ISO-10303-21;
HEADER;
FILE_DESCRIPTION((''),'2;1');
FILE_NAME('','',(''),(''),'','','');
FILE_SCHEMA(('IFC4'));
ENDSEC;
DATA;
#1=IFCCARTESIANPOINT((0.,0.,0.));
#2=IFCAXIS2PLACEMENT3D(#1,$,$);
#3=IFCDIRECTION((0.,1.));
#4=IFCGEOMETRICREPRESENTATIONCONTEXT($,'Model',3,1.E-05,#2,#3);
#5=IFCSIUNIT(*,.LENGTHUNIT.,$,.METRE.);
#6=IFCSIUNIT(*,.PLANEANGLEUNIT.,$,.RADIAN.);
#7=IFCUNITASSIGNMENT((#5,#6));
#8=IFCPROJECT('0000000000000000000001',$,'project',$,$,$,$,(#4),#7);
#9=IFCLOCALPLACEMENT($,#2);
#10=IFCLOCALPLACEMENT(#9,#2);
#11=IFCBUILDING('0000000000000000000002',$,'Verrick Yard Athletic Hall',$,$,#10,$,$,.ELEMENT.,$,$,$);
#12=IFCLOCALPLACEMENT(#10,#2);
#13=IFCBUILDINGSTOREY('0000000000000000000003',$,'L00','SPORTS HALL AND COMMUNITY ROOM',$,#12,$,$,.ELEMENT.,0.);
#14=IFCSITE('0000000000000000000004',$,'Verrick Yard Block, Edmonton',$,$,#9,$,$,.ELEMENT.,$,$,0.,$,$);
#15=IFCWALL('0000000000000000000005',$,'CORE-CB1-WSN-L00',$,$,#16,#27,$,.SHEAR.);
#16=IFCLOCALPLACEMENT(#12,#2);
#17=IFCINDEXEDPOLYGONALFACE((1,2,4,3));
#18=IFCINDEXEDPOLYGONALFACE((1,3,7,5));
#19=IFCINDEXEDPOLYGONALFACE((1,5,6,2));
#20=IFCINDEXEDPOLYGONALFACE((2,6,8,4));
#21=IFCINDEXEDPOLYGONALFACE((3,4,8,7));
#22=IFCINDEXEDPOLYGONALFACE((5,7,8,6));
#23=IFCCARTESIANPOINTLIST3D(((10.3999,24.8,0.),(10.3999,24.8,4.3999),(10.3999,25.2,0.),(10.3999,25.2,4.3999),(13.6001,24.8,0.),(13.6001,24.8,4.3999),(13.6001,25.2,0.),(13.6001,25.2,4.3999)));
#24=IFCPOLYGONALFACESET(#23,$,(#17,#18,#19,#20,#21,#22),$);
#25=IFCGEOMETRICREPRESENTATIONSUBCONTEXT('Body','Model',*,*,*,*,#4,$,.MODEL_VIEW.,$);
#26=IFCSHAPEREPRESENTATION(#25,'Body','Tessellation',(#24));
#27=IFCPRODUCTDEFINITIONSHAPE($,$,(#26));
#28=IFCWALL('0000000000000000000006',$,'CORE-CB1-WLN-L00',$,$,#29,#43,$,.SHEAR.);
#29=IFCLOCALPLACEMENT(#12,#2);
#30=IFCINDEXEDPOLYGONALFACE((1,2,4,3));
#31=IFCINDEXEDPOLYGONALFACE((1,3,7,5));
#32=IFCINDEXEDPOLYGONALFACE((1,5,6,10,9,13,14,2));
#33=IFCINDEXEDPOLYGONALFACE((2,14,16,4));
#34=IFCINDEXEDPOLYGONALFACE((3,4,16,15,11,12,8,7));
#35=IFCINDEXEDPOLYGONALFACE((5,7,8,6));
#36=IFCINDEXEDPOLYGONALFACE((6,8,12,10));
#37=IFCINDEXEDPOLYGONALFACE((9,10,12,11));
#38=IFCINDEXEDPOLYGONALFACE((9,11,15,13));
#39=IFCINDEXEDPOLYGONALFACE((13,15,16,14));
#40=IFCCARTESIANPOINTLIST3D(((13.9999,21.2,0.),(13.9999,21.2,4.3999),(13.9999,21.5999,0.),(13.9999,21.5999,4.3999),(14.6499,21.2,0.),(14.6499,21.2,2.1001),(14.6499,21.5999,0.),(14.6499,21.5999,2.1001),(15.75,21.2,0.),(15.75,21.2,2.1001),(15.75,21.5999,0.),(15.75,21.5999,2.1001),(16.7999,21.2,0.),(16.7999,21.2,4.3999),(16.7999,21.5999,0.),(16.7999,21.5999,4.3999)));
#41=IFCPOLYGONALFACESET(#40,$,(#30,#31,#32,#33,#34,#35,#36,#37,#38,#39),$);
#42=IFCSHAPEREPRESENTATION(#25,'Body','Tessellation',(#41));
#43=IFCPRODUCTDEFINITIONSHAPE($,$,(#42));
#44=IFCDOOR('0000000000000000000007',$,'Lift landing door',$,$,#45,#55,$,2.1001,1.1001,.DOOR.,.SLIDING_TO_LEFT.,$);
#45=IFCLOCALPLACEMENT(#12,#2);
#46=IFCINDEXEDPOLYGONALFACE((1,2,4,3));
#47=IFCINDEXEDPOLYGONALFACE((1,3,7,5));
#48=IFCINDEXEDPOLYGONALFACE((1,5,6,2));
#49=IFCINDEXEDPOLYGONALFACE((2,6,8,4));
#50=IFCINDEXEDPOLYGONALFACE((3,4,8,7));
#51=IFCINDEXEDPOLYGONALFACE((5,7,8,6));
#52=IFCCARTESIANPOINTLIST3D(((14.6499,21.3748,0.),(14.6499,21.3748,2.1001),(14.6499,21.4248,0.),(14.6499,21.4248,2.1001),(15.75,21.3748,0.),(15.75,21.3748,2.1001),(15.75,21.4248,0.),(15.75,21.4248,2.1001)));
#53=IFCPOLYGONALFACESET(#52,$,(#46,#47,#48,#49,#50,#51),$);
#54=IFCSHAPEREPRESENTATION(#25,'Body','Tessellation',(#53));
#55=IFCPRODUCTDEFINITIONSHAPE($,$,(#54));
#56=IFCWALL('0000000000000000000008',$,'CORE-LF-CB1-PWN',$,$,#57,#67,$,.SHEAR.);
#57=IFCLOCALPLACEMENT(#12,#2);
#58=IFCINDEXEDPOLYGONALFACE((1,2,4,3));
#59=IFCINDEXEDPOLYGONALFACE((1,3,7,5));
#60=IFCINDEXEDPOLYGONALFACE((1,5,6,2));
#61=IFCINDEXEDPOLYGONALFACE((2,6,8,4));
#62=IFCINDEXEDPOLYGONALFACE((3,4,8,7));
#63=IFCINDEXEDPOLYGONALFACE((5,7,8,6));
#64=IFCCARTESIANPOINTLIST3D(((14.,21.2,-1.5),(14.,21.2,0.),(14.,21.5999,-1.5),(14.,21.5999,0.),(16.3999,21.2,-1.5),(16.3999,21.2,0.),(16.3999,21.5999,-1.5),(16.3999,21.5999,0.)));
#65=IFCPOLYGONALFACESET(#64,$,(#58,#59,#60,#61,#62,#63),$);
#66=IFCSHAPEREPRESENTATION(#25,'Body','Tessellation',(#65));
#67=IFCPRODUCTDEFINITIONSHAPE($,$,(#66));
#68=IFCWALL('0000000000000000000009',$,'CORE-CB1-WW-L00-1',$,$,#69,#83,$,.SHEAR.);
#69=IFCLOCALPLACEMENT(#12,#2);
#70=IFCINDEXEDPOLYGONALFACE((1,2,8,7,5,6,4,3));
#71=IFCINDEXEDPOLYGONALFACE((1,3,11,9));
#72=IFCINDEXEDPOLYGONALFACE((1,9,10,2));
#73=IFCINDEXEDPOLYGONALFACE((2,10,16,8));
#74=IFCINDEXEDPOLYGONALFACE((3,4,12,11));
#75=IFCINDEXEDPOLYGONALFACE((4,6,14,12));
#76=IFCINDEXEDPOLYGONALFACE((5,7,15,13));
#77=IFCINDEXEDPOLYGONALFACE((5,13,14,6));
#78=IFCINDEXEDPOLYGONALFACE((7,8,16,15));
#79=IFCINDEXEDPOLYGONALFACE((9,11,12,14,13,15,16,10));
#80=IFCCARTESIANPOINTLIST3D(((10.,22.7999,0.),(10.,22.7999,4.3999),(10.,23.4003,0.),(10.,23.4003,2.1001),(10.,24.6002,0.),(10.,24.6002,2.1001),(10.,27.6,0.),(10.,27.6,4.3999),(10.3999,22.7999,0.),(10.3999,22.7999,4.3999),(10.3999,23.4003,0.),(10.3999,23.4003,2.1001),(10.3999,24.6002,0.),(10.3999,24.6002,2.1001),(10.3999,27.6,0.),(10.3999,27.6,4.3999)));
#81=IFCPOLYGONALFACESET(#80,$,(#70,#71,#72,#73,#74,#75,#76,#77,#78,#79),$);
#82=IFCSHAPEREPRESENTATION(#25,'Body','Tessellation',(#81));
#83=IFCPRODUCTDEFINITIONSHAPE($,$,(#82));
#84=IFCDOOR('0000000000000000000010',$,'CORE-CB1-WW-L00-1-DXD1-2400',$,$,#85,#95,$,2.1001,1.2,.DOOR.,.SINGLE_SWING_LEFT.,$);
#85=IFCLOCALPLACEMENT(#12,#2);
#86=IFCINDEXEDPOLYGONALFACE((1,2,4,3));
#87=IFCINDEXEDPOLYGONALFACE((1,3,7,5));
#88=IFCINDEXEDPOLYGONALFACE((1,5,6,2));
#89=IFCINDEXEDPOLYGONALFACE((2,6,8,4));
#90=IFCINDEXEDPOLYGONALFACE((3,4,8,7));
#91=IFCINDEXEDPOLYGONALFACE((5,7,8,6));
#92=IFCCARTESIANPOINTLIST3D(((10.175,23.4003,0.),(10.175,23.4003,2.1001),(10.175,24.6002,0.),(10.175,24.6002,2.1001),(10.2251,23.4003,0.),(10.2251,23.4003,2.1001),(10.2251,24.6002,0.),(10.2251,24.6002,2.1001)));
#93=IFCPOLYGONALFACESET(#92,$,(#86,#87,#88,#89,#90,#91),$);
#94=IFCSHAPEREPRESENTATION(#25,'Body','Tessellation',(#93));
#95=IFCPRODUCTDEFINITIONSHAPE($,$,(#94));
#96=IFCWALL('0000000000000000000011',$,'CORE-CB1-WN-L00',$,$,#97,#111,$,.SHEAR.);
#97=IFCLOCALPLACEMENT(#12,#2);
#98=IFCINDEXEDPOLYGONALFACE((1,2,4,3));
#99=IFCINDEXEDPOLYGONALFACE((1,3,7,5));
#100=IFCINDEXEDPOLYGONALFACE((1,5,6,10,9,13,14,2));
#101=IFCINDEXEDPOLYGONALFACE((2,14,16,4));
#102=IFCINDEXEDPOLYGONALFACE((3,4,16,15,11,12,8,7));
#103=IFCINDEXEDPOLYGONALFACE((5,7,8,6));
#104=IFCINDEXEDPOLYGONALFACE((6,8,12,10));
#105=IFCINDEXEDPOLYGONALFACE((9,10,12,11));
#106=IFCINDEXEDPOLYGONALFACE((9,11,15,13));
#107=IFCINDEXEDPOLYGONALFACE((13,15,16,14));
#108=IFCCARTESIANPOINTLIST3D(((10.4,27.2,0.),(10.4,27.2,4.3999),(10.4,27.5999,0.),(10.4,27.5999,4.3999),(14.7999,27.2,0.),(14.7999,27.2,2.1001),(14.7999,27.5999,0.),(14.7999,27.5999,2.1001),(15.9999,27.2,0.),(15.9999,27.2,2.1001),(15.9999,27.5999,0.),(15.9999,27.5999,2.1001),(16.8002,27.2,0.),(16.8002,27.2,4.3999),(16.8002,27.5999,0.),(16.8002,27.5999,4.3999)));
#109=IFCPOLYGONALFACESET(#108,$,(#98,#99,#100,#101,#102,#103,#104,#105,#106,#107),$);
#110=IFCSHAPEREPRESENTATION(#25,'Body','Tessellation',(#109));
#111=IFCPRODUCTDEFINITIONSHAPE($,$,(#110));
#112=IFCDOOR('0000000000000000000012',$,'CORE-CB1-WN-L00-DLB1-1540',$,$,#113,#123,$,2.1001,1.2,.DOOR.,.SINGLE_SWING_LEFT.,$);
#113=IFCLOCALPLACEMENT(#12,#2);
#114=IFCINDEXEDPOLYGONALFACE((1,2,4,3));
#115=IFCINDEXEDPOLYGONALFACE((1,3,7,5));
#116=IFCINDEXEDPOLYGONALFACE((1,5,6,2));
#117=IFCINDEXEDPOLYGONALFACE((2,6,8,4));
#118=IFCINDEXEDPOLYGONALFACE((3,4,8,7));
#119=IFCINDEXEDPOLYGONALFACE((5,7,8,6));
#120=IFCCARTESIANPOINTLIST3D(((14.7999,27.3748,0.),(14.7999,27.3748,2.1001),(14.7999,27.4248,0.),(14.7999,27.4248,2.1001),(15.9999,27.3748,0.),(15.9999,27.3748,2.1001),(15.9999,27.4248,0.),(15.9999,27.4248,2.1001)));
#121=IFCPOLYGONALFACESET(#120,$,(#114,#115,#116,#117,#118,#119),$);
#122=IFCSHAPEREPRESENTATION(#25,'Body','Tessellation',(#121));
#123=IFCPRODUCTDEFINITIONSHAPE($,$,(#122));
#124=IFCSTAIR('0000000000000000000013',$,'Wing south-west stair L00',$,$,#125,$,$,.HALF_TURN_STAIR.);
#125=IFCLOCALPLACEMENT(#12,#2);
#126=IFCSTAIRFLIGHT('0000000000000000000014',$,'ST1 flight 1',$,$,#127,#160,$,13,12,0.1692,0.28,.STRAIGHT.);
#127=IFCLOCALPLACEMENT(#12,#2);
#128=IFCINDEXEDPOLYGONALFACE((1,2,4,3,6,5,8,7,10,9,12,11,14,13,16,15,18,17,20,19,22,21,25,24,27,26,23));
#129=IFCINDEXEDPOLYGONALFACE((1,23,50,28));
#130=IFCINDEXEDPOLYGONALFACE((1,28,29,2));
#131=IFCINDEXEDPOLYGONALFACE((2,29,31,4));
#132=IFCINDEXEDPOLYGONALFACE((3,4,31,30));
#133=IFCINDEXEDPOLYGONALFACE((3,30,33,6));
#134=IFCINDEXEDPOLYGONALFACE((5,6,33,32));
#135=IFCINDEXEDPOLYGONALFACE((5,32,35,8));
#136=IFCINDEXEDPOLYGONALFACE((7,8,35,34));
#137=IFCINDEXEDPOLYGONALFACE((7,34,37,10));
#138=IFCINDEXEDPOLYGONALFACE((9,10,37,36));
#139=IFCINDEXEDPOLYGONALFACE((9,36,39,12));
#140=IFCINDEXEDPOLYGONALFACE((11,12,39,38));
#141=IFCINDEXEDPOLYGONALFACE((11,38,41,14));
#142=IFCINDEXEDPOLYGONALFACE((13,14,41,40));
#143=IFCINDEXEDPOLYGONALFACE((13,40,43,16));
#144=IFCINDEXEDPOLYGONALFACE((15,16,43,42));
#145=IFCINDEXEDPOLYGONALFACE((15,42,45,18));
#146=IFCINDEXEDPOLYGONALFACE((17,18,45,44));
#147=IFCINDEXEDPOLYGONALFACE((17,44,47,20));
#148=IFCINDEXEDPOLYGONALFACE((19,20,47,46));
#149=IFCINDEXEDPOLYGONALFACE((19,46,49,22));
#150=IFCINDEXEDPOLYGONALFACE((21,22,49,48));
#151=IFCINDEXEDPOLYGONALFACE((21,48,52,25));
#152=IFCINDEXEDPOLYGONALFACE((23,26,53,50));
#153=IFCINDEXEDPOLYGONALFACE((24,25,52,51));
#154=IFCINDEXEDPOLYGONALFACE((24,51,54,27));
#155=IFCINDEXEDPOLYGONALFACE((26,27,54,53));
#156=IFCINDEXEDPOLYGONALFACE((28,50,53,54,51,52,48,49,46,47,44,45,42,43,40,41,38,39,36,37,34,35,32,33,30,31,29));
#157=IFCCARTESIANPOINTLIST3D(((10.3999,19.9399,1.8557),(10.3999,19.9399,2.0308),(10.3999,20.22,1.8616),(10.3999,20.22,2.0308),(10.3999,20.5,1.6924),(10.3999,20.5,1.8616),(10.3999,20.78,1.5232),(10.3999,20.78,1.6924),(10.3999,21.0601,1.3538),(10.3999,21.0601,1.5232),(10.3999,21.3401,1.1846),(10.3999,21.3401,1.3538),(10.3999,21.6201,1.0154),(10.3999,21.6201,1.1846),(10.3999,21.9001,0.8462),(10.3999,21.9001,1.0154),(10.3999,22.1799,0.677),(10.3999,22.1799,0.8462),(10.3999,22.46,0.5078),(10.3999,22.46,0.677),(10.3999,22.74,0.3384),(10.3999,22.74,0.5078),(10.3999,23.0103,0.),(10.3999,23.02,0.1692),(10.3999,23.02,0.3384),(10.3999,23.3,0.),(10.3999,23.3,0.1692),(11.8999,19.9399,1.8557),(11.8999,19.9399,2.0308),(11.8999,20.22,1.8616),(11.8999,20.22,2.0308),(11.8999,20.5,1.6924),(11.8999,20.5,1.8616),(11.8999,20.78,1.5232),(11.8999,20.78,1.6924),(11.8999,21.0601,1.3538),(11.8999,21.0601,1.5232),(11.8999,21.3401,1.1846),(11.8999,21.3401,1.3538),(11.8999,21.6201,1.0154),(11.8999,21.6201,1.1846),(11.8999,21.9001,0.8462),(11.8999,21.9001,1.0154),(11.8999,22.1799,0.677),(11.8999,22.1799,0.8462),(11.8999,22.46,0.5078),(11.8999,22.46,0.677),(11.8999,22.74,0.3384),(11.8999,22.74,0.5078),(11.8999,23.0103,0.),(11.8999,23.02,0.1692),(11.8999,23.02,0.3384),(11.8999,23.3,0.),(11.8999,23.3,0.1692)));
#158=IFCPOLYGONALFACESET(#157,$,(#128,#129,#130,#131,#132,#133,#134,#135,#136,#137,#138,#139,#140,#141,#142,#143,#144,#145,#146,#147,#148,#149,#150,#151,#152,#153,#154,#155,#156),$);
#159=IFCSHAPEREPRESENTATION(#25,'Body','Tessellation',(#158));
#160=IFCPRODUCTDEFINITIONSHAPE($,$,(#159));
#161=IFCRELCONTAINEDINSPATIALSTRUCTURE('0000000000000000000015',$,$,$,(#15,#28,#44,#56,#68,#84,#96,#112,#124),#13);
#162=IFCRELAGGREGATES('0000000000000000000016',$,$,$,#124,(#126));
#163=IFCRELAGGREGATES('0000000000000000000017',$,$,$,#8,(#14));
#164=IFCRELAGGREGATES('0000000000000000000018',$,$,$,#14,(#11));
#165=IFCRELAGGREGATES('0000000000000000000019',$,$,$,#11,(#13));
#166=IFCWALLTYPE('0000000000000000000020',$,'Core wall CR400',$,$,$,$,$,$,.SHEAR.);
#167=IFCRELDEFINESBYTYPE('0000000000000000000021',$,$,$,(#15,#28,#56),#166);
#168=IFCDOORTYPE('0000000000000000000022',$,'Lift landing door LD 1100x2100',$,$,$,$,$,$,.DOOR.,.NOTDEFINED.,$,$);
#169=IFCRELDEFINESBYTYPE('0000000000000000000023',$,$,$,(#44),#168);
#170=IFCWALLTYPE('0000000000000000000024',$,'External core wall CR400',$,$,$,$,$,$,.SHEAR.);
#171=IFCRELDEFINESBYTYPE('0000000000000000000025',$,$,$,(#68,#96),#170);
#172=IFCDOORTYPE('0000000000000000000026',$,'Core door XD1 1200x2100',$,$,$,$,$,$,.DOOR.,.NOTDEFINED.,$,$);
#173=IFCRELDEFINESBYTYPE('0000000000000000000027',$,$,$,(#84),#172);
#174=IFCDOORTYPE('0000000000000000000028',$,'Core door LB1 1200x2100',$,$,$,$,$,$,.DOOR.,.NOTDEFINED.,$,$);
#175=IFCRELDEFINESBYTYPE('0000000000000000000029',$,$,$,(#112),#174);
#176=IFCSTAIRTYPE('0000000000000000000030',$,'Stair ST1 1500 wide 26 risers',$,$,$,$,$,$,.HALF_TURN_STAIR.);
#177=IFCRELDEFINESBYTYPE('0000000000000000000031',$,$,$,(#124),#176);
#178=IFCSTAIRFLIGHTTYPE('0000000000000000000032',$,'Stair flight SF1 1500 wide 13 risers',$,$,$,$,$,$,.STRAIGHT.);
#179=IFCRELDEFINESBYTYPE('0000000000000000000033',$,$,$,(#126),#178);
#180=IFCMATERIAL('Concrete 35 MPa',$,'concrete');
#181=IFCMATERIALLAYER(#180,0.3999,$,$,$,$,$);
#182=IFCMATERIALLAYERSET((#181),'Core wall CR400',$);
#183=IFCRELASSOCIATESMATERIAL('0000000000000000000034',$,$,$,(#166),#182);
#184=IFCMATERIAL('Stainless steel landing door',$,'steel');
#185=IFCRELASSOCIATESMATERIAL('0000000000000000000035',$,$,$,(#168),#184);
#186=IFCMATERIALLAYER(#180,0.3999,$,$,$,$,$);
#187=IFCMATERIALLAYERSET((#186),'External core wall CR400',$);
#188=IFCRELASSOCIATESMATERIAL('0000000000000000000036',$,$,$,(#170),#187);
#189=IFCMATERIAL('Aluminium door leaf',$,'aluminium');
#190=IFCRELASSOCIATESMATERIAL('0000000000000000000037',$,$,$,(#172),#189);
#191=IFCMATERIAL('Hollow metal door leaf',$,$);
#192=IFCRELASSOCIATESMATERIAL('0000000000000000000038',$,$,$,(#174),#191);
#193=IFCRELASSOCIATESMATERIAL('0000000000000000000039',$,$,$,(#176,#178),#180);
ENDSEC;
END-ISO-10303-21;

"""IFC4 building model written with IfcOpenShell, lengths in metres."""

from ifc_helpers import new_model, si_unit, direction, frame, frame_2d, origin, place, context, subcontext, project, spatial, polyline, rectangle, outline, extrude, material, layer, layer_set, type_object, element, fill, aggregate, save


model = new_model("IFC4")

# Units and contexts
model_context = context("Model", 3, precision=1e-05, world=origin(), true_north=direction((0.0, 1.0)))
body_context = subcontext(model_context, "Body", "Model", "MODEL_VIEW")
ifc_project = project(units=[si_unit("LENGTHUNIT", "METRE"), si_unit("PLANEANGLEUNIT", "RADIAN")], contexts=[model_context])

# Site, building, storey
site_placement = place(None, origin())
site = spatial("IfcSite", under=ifc_project, at=site_placement, Name="Verrick Yard Block, Edmonton", CompositionType="ELEMENT", RefElevation=0.0)
building_placement = place(site_placement, origin())
building = spatial("IfcBuilding", under=site, at=building_placement, Name="Verrick Yard Athletic Hall", CompositionType="ELEMENT")
storey_placement = place(building_placement, origin())
storey = spatial("IfcBuildingStorey", under=building, at=storey_placement, Name="L00", Description="SPORTS HALL AND COMMUNITY ROOM", CompositionType="ELEMENT", Elevation=0.0)

# Shared definitions
ifc_material_1 = material(Name="Concrete 35 MPa", Category="concrete")

# Wall
ifc_layer_1 = layer(ifc_material_1, 0.3999)
ifc_layer_set_1 = layer_set([ifc_layer_1], Name="Core wall CR400")
wall_type_1 = type_object("IfcWallType", Name="Core wall CR400", PredefinedType="SHEAR", material=ifc_layer_set_1)
wall_1_placement = place(storey_placement, frame((10.3999, 25.0, 0.0), z_axis=(0.0, 0.0, 1.0), x_axis=(1.0, 0.0, 0.0)))
element("IfcWall", 1, at=wall_1_placement, inside=storey, type_object=wall_type_1, Name="CORE-CB1-WSN-L00", PredefinedType="SHEAR", context=body_context, shape_type="SweptSolid", body=[
    extrude(rectangle(XDim=3.2002, YDim=0.3999, at=frame_2d((1.6001, 0.0))), origin(), (0.0, 0.0, 1.0), 4.3999),
])

# Wall, opening, door
wall_2_placement = place(storey_placement, frame((14.0, 21.3999, 0.0), z_axis=(0.0, 0.0, 1.0), x_axis=(1.0, 0.0, 0.0)))
wall_2 = element("IfcWall", 2, at=wall_2_placement, inside=storey, type_object=wall_type_1, Name="CORE-CB1-WLN-L00", PredefinedType="SHEAR", context=body_context, shape_type="SweptSolid", body=[
    extrude(rectangle(XDim=2.8, YDim=0.3999, at=frame_2d((1.3999, 0.0))), origin(), (0.0, 0.0, 1.0), 4.3999),
])
opening_1_placement = place(wall_2_placement, frame((0.6499, 0.0, 0.0)))
opening_1 = element("IfcOpeningElement", 3, at=opening_1_placement, cuts=wall_2, PredefinedType="OPENING", context=body_context, shape_type="SweptSolid", body=[
    extrude(rectangle(XDim=1.1001, YDim=2.1001, at=frame_2d((0.55, 1.05))), frame((0.0, 0.21, 0.0), z_axis=(0.0, -1.0, 0.0), x_axis=(1.0, 0.0, 0.0)), (0.0, 0.0, 1.0), 0.4199),
])
ifc_material_2 = material(Name="Stainless steel landing door", Category="steel")
door_type_1 = type_object("IfcDoorType", Name="Lift landing door LD 1100x2100", OperationType="NOTDEFINED", PredefinedType="DOOR", material=ifc_material_2)
door_1_placement = place(opening_1_placement, origin())
door_1 = element("IfcDoor", 4, at=door_1_placement, inside=storey, type_object=door_type_1, Name="Lift landing door", OperationType="SLIDING_TO_LEFT", OverallHeight=2.1001, OverallWidth=1.1001, PredefinedType="DOOR", context=body_context, shape_type="SweptSolid", body=[
    extrude(rectangle(XDim=1.1001, YDim=2.1001, at=frame_2d((0.55, 1.05))), frame((0.0, 0.0249, 0.0), z_axis=(0.0, -1.0, 0.0), x_axis=(1.0, 0.0, 0.0)), (0.0, 0.0, 1.0), 0.05),
])
fill(opening_1, door_1)

# Wall
wall_3_placement = place(storey_placement, frame((14.0, 21.3999, -1.5), z_axis=(0.0, 0.0, 1.0), x_axis=(1.0, 0.0, 0.0)))
element("IfcWall", 5, at=wall_3_placement, inside=storey, type_object=wall_type_1, Name="CORE-LF-CB1-PWN", PredefinedType="SHEAR", context=body_context, shape_type="SweptSolid", body=[
    extrude(rectangle(XDim=2.3999, YDim=0.3999, at=frame_2d((1.2, 0.0))), origin(), (0.0, 0.0, 1.0), 1.5),
])

# Walls, openings, doors
ifc_layer_2 = layer(ifc_material_1, 0.3999)
ifc_layer_set_2 = layer_set([ifc_layer_2], Name="External core wall CR400")
wall_type_2 = type_object("IfcWallType", Name="External core wall CR400", PredefinedType="SHEAR", material=ifc_layer_set_2)
wall_4_placement = place(storey_placement, frame((10.2, 22.8, 0.0), z_axis=(0.0, 0.0, 1.0), x_axis=(0.0, 1.0, 0.0)))
wall_4 = element("IfcWall", 6, at=wall_4_placement, inside=storey, type_object=wall_type_2, Name="CORE-CB1-WW-L00-1", PredefinedType="SHEAR", context=body_context, shape_type="SweptSolid", body=[
    extrude(rectangle(XDim=4.8, YDim=0.3999, at=frame_2d((2.3999, 0.0))), origin(), (0.0, 0.0, 1.0), 4.3999),
])
opening_2_placement = place(wall_4_placement, frame((0.6001, 0.0, 0.0)))
opening_2 = element("IfcOpeningElement", 7, at=opening_2_placement, cuts=wall_4, PredefinedType="OPENING", context=body_context, shape_type="SweptSolid", body=[
    extrude(rectangle(XDim=1.2, YDim=2.1001, at=frame_2d((0.6001, 1.05))), frame((0.0, 0.21, 0.0), z_axis=(0.0, -1.0, 0.0), x_axis=(1.0, 0.0, 0.0)), (0.0, 0.0, 1.0), 0.4199),
])
ifc_material_3 = material(Name="Aluminium door leaf", Category="aluminium")
door_type_2 = type_object("IfcDoorType", Name="Core door XD1 1200x2100", OperationType="NOTDEFINED", PredefinedType="DOOR", material=ifc_material_3)
door_2_placement = place(opening_2_placement, origin())
door_2 = element("IfcDoor", 8, at=door_2_placement, inside=storey, type_object=door_type_2, Name="CORE-CB1-WW-L00-1-DXD1-2400", OperationType="SINGLE_SWING_LEFT", OverallHeight=2.1001, OverallWidth=1.2, PredefinedType="DOOR", context=body_context, shape_type="SweptSolid", body=[
    extrude(rectangle(XDim=1.2, YDim=2.1001, at=frame_2d((0.6001, 1.05))), frame((0.0, 0.0249, 0.0), z_axis=(0.0, -1.0, 0.0), x_axis=(1.0, 0.0, 0.0)), (0.0, 0.0, 1.0), 0.05),
])
fill(opening_2, door_2)
wall_5_placement = place(storey_placement, frame((10.3999, 27.3999, 0.0), z_axis=(0.0, 0.0, 1.0), x_axis=(1.0, 0.0, 0.0)))
wall_5 = element("IfcWall", 9, at=wall_5_placement, inside=storey, type_object=wall_type_2, Name="CORE-CB1-WN-L00", PredefinedType="SHEAR", context=body_context, shape_type="SweptSolid", body=[
    extrude(rectangle(XDim=6.4001, YDim=0.3999, at=frame_2d((3.2002, 0.0))), origin(), (0.0, 0.0, 1.0), 4.3999),
])
opening_3_placement = place(wall_5_placement, frame((4.3999, 0.0, 0.0)))
opening_3 = element("IfcOpeningElement", 10, at=opening_3_placement, cuts=wall_5, PredefinedType="OPENING", context=body_context, shape_type="SweptSolid", body=[
    extrude(rectangle(XDim=1.2, YDim=2.1001, at=frame_2d((0.6001, 1.05))), frame((0.0, 0.21, 0.0), z_axis=(0.0, -1.0, 0.0), x_axis=(1.0, 0.0, 0.0)), (0.0, 0.0, 1.0), 0.4199),
])
ifc_material_4 = material(Name="Hollow metal door leaf")
door_type_3 = type_object("IfcDoorType", Name="Core door LB1 1200x2100", OperationType="NOTDEFINED", PredefinedType="DOOR", material=ifc_material_4)
door_3_placement = place(opening_3_placement, origin())
door_3 = element("IfcDoor", 11, at=door_3_placement, inside=storey, type_object=door_type_3, Name="CORE-CB1-WN-L00-DLB1-1540", OperationType="SINGLE_SWING_LEFT", OverallHeight=2.1001, OverallWidth=1.2, PredefinedType="DOOR", context=body_context, shape_type="SweptSolid", body=[
    extrude(rectangle(XDim=1.2, YDim=2.1001, at=frame_2d((0.6001, 1.05))), frame((0.0, 0.0249, 0.0), z_axis=(0.0, -1.0, 0.0), x_axis=(1.0, 0.0, 0.0)), (0.0, 0.0, 1.0), 0.05),
])
fill(opening_3, door_3)

# Stair, stair flight
stair_type = type_object("IfcStairType", Name="Stair ST1 1500 wide 26 risers", PredefinedType="HALF_TURN_STAIR", material=ifc_material_1)
stair_placement = place(storey_placement, origin())
stair = element("IfcStair", 12, at=stair_placement, inside=storey, type_object=stair_type, Name="Wing south-west stair L00", PredefinedType="HALF_TURN_STAIR")
stair_flight_type = type_object("IfcStairFlightType", Name="Stair flight SF1 1500 wide 13 risers", PredefinedType="STRAIGHT", material=ifc_material_1)
stair_flight_placement = place(storey_placement, frame((11.1499, 23.3, 0.0), z_axis=(0.0, 0.0, 1.0), x_axis=(0.0, -1.0, 0.0)))
stair_flight = element("IfcStairFlight", 13, at=stair_flight_placement, type_object=stair_flight_type, Name="ST1 flight 1", NumberOfRisers=13, NumberOfTreads=12, PredefinedType="STRAIGHT", RiserHeight=0.1692, TreadLength=0.28, context=body_context, shape_type="SweptSolid", body=[
    extrude(outline(polyline([(0.0, 0.0), (0.0, 0.1692), (0.28, 0.1692), (0.28, 0.3384), (0.5601, 0.3384), (0.5601, 0.5078), (0.8401, 0.5078), (0.8401, 0.677), (1.1201, 0.677), (1.1201, 0.8462), (1.3999, 0.8462), (1.3999, 1.0154), (1.6799, 1.0154), (1.6799, 1.1846), (1.96, 1.1846), (1.96, 1.3538), (2.24, 1.3538), (2.24, 1.5232), (2.52, 1.5232), (2.52, 1.6924), (2.8, 1.6924), (2.8, 1.8616), (3.0801, 1.8616), (3.0801, 2.0308), (3.3601, 2.0308), (3.3601, 2.2), (3.3601, 1.8557), (0.2898, 0.0), (0.0, 0.0)])), frame((0.0, 0.75, 0.0), z_axis=(0.0, -1.0, 0.0), x_axis=(1.0, 0.0, 0.0)), (0.0, 0.0, 1.0), 1.5),
])
aggregate(stair, [stair_flight])

save(model, "model.ifc")
